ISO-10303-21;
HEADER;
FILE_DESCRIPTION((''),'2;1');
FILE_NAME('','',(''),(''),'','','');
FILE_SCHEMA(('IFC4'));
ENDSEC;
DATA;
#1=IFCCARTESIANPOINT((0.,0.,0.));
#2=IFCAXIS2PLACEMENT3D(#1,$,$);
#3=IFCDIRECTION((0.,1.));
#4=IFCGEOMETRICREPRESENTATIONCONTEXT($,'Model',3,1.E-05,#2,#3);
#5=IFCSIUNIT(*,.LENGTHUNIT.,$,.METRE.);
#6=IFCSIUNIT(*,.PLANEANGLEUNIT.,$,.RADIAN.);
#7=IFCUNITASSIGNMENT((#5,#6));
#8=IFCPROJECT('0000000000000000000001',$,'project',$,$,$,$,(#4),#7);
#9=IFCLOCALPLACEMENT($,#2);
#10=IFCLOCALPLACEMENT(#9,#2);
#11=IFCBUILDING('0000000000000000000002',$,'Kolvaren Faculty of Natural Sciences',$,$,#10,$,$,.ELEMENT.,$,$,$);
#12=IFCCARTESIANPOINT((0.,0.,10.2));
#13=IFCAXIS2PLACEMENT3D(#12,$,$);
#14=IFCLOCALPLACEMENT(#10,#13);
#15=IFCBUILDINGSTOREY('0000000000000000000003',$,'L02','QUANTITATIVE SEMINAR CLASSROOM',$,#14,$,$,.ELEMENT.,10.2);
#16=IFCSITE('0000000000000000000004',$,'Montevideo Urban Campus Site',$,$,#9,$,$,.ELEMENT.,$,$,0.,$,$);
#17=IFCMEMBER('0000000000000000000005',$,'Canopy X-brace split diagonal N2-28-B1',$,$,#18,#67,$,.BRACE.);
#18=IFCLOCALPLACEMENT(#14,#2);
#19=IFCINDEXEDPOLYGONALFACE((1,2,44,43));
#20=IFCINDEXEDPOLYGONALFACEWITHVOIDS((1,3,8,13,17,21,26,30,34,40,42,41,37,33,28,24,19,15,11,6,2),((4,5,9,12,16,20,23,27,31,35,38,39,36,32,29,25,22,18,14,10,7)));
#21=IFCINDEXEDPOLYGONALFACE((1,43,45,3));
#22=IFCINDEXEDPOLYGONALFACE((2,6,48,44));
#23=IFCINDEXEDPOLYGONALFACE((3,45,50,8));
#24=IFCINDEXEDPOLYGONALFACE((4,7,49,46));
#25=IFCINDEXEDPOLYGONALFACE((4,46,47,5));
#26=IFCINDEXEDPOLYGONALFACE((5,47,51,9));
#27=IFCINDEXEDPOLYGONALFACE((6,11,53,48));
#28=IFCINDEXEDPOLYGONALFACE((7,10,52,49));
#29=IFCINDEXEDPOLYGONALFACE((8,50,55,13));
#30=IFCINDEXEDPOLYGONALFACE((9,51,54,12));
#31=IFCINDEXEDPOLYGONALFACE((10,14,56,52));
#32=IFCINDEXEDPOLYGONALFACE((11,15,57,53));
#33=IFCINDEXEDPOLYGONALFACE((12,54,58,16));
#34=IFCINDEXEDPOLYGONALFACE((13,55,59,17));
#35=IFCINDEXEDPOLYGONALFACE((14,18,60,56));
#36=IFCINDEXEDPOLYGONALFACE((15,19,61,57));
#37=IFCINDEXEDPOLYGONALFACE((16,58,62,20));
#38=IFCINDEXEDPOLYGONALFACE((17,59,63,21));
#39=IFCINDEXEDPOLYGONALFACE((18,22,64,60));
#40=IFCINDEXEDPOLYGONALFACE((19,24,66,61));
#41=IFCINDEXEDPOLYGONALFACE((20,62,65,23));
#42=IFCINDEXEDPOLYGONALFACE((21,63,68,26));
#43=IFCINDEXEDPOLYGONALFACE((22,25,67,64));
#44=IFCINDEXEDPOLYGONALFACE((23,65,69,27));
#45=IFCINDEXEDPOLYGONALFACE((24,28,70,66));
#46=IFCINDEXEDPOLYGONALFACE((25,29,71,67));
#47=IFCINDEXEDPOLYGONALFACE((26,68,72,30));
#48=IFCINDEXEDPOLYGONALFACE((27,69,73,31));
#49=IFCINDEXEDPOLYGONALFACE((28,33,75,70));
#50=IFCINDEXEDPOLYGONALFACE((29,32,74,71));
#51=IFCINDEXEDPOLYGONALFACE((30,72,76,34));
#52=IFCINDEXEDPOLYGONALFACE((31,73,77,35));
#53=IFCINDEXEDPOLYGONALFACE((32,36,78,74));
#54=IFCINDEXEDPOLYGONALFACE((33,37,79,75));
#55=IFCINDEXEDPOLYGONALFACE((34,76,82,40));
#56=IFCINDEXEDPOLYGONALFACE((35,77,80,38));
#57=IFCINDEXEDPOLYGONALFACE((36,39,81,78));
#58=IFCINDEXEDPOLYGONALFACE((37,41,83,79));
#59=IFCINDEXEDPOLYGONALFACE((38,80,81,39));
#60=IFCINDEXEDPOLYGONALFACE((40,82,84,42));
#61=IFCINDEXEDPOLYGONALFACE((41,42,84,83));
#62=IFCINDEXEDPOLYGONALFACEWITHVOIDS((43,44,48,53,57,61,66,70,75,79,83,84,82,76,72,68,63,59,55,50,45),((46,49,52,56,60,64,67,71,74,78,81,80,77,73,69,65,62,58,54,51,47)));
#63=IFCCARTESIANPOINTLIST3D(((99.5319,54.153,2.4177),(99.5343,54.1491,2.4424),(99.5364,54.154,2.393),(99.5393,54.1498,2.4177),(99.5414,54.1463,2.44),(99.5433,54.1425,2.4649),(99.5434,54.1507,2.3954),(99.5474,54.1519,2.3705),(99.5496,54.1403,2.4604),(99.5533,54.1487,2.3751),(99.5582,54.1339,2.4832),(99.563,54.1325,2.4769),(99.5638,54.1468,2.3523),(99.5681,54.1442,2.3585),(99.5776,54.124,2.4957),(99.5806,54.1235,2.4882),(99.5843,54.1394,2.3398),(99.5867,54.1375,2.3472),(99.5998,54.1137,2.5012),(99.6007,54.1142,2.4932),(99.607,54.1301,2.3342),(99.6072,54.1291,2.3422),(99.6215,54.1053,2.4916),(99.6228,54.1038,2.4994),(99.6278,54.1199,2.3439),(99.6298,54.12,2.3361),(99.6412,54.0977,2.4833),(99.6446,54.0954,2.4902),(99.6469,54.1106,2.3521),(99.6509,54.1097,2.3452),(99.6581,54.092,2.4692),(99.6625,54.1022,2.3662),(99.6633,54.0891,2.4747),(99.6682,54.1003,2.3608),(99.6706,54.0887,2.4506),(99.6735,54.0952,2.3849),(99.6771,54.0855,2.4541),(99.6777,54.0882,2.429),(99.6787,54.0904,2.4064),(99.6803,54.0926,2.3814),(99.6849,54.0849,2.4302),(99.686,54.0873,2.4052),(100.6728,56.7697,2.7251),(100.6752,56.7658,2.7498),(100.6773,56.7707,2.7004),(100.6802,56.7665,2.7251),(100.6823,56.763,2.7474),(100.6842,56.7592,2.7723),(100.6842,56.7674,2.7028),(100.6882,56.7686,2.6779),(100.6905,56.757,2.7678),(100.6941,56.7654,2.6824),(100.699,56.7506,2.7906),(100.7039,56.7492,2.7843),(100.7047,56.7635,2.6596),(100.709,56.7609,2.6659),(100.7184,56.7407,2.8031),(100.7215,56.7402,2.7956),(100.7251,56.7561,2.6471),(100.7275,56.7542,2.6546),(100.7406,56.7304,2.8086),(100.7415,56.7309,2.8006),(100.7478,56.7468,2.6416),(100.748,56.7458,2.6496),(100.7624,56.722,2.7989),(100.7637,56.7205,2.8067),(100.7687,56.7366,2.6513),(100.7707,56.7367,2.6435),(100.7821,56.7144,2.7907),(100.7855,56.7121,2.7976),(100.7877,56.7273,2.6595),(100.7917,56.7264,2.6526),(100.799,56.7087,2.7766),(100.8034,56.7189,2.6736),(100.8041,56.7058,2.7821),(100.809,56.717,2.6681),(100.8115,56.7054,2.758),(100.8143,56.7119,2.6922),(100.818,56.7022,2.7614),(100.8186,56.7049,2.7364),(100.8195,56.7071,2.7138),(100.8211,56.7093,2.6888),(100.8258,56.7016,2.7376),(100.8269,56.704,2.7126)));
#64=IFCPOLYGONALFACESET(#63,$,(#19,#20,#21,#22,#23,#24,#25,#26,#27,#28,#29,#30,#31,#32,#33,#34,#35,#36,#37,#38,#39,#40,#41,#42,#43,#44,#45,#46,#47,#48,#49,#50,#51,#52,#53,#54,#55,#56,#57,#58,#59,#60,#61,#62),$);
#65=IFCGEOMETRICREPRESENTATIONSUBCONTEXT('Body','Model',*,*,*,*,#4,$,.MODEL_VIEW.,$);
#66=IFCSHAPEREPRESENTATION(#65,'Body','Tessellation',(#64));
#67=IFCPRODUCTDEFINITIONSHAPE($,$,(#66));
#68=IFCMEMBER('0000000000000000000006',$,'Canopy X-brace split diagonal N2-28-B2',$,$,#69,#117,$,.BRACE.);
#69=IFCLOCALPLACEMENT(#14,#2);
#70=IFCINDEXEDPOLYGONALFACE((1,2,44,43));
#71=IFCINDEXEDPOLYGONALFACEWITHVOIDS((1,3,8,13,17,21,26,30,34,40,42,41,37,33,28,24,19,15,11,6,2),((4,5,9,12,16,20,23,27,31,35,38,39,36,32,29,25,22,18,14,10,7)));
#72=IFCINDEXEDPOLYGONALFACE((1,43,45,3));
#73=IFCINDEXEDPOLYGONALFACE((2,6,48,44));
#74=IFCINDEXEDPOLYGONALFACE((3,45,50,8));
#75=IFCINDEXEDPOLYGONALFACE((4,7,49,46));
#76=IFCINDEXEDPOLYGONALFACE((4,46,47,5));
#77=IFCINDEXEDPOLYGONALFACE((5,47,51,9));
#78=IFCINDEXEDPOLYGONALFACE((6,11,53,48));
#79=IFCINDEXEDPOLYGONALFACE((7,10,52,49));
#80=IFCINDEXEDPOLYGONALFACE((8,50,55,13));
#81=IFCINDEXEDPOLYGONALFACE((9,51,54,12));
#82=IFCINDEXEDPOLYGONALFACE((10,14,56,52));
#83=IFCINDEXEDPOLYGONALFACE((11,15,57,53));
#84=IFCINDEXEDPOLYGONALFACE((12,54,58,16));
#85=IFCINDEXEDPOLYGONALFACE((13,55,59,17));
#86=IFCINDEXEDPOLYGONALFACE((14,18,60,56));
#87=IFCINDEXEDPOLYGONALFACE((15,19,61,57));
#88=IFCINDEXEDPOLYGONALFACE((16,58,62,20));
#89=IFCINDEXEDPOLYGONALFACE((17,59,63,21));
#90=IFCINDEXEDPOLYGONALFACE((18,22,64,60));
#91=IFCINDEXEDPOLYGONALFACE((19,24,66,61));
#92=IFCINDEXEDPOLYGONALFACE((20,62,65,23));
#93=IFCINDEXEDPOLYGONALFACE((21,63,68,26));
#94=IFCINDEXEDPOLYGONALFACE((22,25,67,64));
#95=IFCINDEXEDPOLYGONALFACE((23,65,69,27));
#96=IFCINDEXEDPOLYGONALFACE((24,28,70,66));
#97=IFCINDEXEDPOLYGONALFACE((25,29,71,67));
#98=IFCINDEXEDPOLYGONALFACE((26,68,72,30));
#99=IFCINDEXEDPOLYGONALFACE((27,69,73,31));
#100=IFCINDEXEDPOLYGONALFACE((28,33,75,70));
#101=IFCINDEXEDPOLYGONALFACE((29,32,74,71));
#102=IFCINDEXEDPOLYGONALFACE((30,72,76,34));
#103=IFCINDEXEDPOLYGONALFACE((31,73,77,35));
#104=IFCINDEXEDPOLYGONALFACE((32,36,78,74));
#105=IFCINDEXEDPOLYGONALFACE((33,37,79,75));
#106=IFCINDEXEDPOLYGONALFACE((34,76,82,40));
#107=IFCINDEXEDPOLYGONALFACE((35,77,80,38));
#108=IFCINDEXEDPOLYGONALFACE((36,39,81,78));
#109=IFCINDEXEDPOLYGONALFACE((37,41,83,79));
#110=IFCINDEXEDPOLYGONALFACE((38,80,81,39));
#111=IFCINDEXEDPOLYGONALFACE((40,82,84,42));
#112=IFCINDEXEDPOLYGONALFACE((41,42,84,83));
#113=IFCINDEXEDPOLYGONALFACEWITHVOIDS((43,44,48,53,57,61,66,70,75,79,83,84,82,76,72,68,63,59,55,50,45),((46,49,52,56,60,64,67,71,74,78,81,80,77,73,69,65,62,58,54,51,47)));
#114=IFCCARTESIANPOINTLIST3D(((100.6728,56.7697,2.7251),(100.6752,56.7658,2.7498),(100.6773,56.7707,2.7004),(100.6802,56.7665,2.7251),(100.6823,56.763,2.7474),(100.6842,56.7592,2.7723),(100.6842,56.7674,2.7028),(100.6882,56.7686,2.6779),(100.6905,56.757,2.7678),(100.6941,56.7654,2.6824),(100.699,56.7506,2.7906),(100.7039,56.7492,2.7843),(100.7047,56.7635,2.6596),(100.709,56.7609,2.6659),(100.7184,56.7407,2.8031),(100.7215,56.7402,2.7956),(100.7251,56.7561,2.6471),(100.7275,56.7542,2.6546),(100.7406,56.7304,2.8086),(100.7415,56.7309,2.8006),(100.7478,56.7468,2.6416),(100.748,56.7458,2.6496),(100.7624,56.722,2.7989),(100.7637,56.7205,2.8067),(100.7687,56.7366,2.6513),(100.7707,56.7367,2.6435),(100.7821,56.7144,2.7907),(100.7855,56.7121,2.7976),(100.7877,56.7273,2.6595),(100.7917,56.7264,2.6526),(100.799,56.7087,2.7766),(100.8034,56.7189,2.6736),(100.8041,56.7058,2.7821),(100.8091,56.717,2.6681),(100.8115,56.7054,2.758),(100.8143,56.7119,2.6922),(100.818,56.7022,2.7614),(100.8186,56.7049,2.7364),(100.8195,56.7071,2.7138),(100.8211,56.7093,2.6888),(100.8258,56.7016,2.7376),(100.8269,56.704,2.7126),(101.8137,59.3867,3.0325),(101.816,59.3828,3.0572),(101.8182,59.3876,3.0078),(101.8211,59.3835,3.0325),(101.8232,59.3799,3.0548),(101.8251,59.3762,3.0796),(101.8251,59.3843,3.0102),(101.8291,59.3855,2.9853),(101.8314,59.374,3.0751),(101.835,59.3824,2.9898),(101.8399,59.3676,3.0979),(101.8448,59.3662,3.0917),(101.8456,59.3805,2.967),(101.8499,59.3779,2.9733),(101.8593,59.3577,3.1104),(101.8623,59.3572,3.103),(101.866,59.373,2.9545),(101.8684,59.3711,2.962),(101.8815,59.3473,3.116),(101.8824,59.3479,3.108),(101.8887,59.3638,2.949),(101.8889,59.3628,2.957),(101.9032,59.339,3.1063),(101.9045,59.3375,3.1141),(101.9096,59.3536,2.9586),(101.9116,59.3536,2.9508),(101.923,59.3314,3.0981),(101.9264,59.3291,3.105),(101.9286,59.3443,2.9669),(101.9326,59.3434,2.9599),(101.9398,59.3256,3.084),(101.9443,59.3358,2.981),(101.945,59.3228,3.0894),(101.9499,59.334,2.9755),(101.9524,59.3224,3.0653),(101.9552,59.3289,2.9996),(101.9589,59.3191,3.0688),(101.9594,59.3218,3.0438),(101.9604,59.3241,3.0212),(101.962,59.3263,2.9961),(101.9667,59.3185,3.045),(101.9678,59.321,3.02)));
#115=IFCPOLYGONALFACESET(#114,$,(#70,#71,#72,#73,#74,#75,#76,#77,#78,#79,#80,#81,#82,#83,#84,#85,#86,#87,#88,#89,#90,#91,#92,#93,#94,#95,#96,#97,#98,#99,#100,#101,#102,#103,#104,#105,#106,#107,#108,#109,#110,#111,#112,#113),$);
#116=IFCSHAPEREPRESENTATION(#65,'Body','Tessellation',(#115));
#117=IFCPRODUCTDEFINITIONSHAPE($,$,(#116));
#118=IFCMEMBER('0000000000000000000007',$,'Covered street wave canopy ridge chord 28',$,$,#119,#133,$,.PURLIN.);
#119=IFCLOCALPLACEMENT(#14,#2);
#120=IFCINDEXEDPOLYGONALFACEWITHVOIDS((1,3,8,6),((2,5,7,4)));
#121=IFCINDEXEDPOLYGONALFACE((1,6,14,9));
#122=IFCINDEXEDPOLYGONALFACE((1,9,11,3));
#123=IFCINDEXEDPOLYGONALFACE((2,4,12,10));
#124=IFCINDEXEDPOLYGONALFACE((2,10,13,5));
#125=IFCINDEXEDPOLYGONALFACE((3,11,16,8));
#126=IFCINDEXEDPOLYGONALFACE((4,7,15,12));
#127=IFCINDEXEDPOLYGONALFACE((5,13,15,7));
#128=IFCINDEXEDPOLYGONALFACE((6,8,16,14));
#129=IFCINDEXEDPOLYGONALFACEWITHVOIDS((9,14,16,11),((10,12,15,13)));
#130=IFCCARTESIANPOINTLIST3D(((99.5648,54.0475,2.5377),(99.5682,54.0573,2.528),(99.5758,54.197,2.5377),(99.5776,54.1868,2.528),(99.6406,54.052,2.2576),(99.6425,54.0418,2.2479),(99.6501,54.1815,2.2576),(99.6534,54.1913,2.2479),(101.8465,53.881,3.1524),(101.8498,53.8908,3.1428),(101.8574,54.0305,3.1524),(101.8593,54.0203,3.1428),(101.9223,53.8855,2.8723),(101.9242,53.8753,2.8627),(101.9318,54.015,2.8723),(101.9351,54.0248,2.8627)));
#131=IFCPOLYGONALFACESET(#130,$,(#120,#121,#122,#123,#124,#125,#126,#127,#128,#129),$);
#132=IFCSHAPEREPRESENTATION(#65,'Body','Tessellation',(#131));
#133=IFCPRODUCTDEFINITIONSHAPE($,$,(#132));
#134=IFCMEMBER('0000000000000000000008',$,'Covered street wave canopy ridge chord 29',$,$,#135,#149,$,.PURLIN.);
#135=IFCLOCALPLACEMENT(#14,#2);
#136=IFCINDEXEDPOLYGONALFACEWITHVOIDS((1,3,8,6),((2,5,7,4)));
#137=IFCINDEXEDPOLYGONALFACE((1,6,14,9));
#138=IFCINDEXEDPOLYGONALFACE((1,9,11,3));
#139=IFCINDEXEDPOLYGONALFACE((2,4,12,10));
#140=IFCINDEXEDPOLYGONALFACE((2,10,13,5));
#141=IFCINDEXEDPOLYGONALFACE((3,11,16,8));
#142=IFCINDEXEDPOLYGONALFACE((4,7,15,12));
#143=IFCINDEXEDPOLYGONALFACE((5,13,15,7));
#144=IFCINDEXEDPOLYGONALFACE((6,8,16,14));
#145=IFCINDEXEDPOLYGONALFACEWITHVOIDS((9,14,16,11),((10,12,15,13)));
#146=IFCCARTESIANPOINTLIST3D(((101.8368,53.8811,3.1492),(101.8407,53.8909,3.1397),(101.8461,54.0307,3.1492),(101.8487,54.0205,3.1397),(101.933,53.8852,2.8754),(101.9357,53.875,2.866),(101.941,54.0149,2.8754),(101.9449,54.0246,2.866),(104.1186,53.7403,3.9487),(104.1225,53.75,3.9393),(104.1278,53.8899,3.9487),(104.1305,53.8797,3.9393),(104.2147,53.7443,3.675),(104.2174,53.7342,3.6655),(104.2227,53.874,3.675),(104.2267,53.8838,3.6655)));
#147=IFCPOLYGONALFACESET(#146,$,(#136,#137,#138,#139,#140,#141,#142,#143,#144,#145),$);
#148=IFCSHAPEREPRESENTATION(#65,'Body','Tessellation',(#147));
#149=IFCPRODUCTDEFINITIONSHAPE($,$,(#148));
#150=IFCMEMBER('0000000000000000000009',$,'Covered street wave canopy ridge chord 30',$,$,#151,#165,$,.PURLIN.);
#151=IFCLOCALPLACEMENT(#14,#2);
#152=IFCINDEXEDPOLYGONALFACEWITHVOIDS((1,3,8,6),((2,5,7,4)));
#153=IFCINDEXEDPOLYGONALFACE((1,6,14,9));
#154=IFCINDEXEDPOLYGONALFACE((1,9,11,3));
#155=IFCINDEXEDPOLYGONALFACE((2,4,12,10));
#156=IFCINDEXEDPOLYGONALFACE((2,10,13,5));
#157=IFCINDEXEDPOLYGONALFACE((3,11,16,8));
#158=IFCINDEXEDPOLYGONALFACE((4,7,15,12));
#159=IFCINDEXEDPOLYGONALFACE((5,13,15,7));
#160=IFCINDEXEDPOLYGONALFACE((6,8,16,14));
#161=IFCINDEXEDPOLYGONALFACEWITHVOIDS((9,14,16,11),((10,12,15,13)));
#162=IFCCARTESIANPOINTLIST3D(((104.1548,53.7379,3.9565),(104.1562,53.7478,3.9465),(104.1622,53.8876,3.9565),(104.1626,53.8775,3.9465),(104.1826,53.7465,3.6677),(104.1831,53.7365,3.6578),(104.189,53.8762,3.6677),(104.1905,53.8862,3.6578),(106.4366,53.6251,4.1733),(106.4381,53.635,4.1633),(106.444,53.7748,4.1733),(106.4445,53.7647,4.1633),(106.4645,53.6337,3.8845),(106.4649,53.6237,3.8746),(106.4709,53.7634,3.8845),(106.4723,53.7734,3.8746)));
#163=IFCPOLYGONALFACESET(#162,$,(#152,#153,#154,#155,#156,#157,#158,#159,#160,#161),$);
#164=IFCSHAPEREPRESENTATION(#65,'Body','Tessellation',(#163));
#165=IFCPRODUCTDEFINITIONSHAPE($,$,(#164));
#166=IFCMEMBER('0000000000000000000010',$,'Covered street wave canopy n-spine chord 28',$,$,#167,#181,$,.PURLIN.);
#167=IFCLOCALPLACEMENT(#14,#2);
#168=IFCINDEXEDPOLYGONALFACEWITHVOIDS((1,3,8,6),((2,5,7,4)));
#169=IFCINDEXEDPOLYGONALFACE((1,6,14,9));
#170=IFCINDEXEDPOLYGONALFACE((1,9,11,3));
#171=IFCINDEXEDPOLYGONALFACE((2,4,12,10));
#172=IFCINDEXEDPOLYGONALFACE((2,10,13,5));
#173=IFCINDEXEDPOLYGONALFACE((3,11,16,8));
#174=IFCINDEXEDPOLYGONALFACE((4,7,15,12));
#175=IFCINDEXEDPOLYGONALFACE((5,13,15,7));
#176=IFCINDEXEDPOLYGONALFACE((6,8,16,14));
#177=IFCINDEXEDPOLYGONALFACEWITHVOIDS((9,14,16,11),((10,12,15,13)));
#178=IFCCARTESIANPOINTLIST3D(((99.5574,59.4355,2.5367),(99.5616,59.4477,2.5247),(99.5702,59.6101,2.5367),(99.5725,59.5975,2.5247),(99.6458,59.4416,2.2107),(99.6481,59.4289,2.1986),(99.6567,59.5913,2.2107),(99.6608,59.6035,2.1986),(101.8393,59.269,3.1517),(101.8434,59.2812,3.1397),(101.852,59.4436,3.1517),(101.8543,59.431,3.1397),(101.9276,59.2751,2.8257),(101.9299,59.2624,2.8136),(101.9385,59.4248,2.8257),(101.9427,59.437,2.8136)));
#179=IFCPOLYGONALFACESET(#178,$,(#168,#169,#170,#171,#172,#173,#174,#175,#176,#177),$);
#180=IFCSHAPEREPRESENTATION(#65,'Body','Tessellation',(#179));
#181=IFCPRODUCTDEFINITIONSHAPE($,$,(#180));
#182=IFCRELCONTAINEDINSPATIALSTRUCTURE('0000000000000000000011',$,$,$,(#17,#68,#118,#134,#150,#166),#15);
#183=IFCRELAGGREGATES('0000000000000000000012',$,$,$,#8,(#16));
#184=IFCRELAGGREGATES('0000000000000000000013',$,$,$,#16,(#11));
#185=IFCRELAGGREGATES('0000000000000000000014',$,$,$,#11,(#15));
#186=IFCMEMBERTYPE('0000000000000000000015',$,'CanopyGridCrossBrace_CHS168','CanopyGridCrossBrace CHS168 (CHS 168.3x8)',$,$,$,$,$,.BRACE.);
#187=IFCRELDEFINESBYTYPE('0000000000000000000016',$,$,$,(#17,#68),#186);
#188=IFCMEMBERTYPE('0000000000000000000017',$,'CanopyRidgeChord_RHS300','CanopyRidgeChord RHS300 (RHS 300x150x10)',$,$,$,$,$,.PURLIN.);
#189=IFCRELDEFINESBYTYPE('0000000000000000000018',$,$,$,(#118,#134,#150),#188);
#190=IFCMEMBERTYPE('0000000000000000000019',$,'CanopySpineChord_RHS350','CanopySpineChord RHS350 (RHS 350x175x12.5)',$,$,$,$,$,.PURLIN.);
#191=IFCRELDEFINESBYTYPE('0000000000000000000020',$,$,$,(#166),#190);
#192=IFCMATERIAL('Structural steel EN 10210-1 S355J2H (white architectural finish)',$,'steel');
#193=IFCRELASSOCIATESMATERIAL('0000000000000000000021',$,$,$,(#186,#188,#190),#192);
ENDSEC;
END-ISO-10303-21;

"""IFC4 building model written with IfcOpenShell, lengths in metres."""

from ifc_helpers import new_model, si_unit, direction, frame, origin, origin_2d, place, context, subcontext, project, spatial, hollow_rectangle, hollow_circle, extrude, material, material_profile, profile_set, type_object, element, save


model = new_model("IFC4")

# Units and contexts
model_context = context("Model", 3, precision=1e-05, world=origin(), true_north=direction((0.0, 1.0)))
body_context = subcontext(model_context, "Body", "Model", "MODEL_VIEW")
ifc_project = project(units=[si_unit("LENGTHUNIT", "METRE"), si_unit("PLANEANGLEUNIT", "RADIAN")], contexts=[model_context])

# Site, building, storey
site_placement = place(None, origin())
site = spatial("IfcSite", under=ifc_project, at=site_placement, Name="Montevideo Urban Campus Site", CompositionType="ELEMENT", RefElevation=0.0)
building_placement = place(site_placement, origin())
building = spatial("IfcBuilding", under=site, at=building_placement, Name="Kolvaren Faculty of Natural Sciences", CompositionType="ELEMENT")
storey_placement = place(building_placement, frame((0.0, 0.0, 10.2)))
storey = spatial("IfcBuildingStorey", under=building, at=storey_placement, Name="L02", Description="QUANTITATIVE SEMINAR CLASSROOM", CompositionType="ELEMENT", Elevation=10.2)

# Members
ifc_material_1 = material(Name="Structural steel EN 10210-1 S355J2H (white architectural finish)", Category="steel")
ifc_material_profile_1 = material_profile(ifc_material_1, hollow_circle(Radius=0.0842, WallThickness=0.0081, at=origin_2d()), Name="CHS 168.3x8")
ifc_profile_set_1 = profile_set([ifc_material_profile_1], Name="Structural steel EN 10210-1 S355J2H (white architectural finish)")
member_type_1 = type_object("IfcMemberType", Name="CanopyGridCrossBrace_CHS168", Description="CanopyGridCrossBrace CHS168 (CHS 168.3x8)", PredefinedType="BRACE", material=ifc_profile_set_1)
member_1_placement = place(storey_placement, frame((99.6091, 54.1194, 2.4177), z_axis=(0.397364, 0.911395, 0.107058), x_axis=(-0.916663, 0.399661, 0.0)))
element("IfcMember", 1, at=member_1_placement, inside=storey, type_object=member_type_1, Name="Canopy X-brace split diagonal N2-28-B1", PredefinedType="BRACE", context=body_context, shape_type="SweptSolid", body=[
    extrude(hollow_circle(Radius=0.0842, WallThickness=0.0081, at=origin_2d()), origin(), (0.0, 0.0, 1.0), 2.8711),
])
member_2_placement = place(storey_placement, frame((100.75, 56.7361, 2.7251), z_axis=(0.397333, 0.911409, 0.10705), x_axis=(-0.916677, 0.39963, 0.0)))
element("IfcMember", 2, at=member_2_placement, inside=storey, type_object=member_type_1, Name="Canopy X-brace split diagonal N2-28-B2", PredefinedType="BRACE", context=body_context, shape_type="SweptSolid", body=[
    extrude(hollow_circle(Radius=0.0842, WallThickness=0.0081, at=origin_2d()), origin(), (0.0, 0.0, 1.0), 2.8713),
])
ifc_material_profile_2 = material_profile(ifc_material_1, hollow_rectangle(XDim=0.1499, YDim=0.3, WallThickness=0.01, at=origin_2d()), Name="RHS 300x150x10")
ifc_profile_set_2 = profile_set([ifc_material_profile_2], Name="Structural steel EN 10210-1 S355J2H (white architectural finish)")
member_type_2 = type_object("IfcMemberType", Name="CanopyRidgeChord_RHS300", Description="CanopyRidgeChord RHS300 (RHS 300x150x10)", PredefinedType="PURLIN", material=ifc_profile_set_2)
member_3_placement = place(storey_placement, frame((99.6091, 54.1194, 2.3928), z_axis=(0.963182, -0.070286, 0.259501), x_axis=(0.072779, 0.997348, 0.0)))
element("IfcMember", 3, at=member_3_placement, inside=storey, type_object=member_type_2, Name="Covered street wave canopy ridge chord 28", PredefinedType="PURLIN", context=body_context, shape_type="SweptSolid", body=[
    extrude(hollow_rectangle(XDim=0.1499, YDim=0.3, WallThickness=0.01, at=origin_2d()), origin(), (0.0, 0.0, 1.0), 2.3689),
])
member_4_placement = place(storey_placement, frame((101.8909, 53.9529, 3.0076), z_axis=(0.942138, -0.058165, 0.330141), x_axis=(0.06162, 0.9981, 0.0)))
element("IfcMember", 4, at=member_4_placement, inside=storey, type_object=member_type_2, Name="Covered street wave canopy ridge chord 29", PredefinedType="PURLIN", context=body_context, shape_type="SweptSolid", body=[
    extrude(hollow_rectangle(XDim=0.1499, YDim=0.3, WallThickness=0.01, at=origin_2d()), origin(), (0.0, 0.0, 1.0), 2.4219),
])
member_5_placement = place(storey_placement, frame((104.1726, 53.812, 3.8071), z_axis=(0.994314, -0.049147, 0.094464), x_axis=(0.049367, 0.998781, 0.0)))
element("IfcMember", 5, at=member_5_placement, inside=storey, type_object=member_type_2, Name="Covered street wave canopy ridge chord 30", PredefinedType="PURLIN", context=body_context, shape_type="SweptSolid", body=[
    extrude(hollow_rectangle(XDim=0.1499, YDim=0.3, WallThickness=0.01, at=origin_2d()), origin(), (0.0, 0.0, 1.0), 2.2949),
])
ifc_material_profile_3 = material_profile(ifc_material_1, hollow_rectangle(XDim=0.175, YDim=0.3501, WallThickness=0.0125, at=origin_2d()), Name="RHS 350x175x12.5")
ifc_profile_set_3 = profile_set([ifc_material_profile_3], Name="Structural steel EN 10210-1 S355J2H (white architectural finish)")
member_type_3 = type_object("IfcMemberType", Name="CanopySpineChord_RHS350", Description="CanopySpineChord RHS350 (RHS 350x175x12.5)", PredefinedType="PURLIN", material=ifc_profile_set_3)
member_6_placement = place(storey_placement, frame((99.6091, 59.5195, 2.3677), z_axis=(0.963156, -0.070284, 0.259597), x_axis=(0.072779, 0.997348, 0.0)))
element("IfcMember", 6, at=member_6_placement, inside=storey, type_object=member_type_3, Name="Covered street wave canopy n-spine chord 28", PredefinedType="PURLIN", context=body_context, shape_type="SweptSolid", body=[
    extrude(hollow_rectangle(XDim=0.175, YDim=0.3501, WallThickness=0.0125, at=origin_2d()), origin(), (0.0, 0.0, 1.0), 2.3691),
])

save(model, "model.ifc")
